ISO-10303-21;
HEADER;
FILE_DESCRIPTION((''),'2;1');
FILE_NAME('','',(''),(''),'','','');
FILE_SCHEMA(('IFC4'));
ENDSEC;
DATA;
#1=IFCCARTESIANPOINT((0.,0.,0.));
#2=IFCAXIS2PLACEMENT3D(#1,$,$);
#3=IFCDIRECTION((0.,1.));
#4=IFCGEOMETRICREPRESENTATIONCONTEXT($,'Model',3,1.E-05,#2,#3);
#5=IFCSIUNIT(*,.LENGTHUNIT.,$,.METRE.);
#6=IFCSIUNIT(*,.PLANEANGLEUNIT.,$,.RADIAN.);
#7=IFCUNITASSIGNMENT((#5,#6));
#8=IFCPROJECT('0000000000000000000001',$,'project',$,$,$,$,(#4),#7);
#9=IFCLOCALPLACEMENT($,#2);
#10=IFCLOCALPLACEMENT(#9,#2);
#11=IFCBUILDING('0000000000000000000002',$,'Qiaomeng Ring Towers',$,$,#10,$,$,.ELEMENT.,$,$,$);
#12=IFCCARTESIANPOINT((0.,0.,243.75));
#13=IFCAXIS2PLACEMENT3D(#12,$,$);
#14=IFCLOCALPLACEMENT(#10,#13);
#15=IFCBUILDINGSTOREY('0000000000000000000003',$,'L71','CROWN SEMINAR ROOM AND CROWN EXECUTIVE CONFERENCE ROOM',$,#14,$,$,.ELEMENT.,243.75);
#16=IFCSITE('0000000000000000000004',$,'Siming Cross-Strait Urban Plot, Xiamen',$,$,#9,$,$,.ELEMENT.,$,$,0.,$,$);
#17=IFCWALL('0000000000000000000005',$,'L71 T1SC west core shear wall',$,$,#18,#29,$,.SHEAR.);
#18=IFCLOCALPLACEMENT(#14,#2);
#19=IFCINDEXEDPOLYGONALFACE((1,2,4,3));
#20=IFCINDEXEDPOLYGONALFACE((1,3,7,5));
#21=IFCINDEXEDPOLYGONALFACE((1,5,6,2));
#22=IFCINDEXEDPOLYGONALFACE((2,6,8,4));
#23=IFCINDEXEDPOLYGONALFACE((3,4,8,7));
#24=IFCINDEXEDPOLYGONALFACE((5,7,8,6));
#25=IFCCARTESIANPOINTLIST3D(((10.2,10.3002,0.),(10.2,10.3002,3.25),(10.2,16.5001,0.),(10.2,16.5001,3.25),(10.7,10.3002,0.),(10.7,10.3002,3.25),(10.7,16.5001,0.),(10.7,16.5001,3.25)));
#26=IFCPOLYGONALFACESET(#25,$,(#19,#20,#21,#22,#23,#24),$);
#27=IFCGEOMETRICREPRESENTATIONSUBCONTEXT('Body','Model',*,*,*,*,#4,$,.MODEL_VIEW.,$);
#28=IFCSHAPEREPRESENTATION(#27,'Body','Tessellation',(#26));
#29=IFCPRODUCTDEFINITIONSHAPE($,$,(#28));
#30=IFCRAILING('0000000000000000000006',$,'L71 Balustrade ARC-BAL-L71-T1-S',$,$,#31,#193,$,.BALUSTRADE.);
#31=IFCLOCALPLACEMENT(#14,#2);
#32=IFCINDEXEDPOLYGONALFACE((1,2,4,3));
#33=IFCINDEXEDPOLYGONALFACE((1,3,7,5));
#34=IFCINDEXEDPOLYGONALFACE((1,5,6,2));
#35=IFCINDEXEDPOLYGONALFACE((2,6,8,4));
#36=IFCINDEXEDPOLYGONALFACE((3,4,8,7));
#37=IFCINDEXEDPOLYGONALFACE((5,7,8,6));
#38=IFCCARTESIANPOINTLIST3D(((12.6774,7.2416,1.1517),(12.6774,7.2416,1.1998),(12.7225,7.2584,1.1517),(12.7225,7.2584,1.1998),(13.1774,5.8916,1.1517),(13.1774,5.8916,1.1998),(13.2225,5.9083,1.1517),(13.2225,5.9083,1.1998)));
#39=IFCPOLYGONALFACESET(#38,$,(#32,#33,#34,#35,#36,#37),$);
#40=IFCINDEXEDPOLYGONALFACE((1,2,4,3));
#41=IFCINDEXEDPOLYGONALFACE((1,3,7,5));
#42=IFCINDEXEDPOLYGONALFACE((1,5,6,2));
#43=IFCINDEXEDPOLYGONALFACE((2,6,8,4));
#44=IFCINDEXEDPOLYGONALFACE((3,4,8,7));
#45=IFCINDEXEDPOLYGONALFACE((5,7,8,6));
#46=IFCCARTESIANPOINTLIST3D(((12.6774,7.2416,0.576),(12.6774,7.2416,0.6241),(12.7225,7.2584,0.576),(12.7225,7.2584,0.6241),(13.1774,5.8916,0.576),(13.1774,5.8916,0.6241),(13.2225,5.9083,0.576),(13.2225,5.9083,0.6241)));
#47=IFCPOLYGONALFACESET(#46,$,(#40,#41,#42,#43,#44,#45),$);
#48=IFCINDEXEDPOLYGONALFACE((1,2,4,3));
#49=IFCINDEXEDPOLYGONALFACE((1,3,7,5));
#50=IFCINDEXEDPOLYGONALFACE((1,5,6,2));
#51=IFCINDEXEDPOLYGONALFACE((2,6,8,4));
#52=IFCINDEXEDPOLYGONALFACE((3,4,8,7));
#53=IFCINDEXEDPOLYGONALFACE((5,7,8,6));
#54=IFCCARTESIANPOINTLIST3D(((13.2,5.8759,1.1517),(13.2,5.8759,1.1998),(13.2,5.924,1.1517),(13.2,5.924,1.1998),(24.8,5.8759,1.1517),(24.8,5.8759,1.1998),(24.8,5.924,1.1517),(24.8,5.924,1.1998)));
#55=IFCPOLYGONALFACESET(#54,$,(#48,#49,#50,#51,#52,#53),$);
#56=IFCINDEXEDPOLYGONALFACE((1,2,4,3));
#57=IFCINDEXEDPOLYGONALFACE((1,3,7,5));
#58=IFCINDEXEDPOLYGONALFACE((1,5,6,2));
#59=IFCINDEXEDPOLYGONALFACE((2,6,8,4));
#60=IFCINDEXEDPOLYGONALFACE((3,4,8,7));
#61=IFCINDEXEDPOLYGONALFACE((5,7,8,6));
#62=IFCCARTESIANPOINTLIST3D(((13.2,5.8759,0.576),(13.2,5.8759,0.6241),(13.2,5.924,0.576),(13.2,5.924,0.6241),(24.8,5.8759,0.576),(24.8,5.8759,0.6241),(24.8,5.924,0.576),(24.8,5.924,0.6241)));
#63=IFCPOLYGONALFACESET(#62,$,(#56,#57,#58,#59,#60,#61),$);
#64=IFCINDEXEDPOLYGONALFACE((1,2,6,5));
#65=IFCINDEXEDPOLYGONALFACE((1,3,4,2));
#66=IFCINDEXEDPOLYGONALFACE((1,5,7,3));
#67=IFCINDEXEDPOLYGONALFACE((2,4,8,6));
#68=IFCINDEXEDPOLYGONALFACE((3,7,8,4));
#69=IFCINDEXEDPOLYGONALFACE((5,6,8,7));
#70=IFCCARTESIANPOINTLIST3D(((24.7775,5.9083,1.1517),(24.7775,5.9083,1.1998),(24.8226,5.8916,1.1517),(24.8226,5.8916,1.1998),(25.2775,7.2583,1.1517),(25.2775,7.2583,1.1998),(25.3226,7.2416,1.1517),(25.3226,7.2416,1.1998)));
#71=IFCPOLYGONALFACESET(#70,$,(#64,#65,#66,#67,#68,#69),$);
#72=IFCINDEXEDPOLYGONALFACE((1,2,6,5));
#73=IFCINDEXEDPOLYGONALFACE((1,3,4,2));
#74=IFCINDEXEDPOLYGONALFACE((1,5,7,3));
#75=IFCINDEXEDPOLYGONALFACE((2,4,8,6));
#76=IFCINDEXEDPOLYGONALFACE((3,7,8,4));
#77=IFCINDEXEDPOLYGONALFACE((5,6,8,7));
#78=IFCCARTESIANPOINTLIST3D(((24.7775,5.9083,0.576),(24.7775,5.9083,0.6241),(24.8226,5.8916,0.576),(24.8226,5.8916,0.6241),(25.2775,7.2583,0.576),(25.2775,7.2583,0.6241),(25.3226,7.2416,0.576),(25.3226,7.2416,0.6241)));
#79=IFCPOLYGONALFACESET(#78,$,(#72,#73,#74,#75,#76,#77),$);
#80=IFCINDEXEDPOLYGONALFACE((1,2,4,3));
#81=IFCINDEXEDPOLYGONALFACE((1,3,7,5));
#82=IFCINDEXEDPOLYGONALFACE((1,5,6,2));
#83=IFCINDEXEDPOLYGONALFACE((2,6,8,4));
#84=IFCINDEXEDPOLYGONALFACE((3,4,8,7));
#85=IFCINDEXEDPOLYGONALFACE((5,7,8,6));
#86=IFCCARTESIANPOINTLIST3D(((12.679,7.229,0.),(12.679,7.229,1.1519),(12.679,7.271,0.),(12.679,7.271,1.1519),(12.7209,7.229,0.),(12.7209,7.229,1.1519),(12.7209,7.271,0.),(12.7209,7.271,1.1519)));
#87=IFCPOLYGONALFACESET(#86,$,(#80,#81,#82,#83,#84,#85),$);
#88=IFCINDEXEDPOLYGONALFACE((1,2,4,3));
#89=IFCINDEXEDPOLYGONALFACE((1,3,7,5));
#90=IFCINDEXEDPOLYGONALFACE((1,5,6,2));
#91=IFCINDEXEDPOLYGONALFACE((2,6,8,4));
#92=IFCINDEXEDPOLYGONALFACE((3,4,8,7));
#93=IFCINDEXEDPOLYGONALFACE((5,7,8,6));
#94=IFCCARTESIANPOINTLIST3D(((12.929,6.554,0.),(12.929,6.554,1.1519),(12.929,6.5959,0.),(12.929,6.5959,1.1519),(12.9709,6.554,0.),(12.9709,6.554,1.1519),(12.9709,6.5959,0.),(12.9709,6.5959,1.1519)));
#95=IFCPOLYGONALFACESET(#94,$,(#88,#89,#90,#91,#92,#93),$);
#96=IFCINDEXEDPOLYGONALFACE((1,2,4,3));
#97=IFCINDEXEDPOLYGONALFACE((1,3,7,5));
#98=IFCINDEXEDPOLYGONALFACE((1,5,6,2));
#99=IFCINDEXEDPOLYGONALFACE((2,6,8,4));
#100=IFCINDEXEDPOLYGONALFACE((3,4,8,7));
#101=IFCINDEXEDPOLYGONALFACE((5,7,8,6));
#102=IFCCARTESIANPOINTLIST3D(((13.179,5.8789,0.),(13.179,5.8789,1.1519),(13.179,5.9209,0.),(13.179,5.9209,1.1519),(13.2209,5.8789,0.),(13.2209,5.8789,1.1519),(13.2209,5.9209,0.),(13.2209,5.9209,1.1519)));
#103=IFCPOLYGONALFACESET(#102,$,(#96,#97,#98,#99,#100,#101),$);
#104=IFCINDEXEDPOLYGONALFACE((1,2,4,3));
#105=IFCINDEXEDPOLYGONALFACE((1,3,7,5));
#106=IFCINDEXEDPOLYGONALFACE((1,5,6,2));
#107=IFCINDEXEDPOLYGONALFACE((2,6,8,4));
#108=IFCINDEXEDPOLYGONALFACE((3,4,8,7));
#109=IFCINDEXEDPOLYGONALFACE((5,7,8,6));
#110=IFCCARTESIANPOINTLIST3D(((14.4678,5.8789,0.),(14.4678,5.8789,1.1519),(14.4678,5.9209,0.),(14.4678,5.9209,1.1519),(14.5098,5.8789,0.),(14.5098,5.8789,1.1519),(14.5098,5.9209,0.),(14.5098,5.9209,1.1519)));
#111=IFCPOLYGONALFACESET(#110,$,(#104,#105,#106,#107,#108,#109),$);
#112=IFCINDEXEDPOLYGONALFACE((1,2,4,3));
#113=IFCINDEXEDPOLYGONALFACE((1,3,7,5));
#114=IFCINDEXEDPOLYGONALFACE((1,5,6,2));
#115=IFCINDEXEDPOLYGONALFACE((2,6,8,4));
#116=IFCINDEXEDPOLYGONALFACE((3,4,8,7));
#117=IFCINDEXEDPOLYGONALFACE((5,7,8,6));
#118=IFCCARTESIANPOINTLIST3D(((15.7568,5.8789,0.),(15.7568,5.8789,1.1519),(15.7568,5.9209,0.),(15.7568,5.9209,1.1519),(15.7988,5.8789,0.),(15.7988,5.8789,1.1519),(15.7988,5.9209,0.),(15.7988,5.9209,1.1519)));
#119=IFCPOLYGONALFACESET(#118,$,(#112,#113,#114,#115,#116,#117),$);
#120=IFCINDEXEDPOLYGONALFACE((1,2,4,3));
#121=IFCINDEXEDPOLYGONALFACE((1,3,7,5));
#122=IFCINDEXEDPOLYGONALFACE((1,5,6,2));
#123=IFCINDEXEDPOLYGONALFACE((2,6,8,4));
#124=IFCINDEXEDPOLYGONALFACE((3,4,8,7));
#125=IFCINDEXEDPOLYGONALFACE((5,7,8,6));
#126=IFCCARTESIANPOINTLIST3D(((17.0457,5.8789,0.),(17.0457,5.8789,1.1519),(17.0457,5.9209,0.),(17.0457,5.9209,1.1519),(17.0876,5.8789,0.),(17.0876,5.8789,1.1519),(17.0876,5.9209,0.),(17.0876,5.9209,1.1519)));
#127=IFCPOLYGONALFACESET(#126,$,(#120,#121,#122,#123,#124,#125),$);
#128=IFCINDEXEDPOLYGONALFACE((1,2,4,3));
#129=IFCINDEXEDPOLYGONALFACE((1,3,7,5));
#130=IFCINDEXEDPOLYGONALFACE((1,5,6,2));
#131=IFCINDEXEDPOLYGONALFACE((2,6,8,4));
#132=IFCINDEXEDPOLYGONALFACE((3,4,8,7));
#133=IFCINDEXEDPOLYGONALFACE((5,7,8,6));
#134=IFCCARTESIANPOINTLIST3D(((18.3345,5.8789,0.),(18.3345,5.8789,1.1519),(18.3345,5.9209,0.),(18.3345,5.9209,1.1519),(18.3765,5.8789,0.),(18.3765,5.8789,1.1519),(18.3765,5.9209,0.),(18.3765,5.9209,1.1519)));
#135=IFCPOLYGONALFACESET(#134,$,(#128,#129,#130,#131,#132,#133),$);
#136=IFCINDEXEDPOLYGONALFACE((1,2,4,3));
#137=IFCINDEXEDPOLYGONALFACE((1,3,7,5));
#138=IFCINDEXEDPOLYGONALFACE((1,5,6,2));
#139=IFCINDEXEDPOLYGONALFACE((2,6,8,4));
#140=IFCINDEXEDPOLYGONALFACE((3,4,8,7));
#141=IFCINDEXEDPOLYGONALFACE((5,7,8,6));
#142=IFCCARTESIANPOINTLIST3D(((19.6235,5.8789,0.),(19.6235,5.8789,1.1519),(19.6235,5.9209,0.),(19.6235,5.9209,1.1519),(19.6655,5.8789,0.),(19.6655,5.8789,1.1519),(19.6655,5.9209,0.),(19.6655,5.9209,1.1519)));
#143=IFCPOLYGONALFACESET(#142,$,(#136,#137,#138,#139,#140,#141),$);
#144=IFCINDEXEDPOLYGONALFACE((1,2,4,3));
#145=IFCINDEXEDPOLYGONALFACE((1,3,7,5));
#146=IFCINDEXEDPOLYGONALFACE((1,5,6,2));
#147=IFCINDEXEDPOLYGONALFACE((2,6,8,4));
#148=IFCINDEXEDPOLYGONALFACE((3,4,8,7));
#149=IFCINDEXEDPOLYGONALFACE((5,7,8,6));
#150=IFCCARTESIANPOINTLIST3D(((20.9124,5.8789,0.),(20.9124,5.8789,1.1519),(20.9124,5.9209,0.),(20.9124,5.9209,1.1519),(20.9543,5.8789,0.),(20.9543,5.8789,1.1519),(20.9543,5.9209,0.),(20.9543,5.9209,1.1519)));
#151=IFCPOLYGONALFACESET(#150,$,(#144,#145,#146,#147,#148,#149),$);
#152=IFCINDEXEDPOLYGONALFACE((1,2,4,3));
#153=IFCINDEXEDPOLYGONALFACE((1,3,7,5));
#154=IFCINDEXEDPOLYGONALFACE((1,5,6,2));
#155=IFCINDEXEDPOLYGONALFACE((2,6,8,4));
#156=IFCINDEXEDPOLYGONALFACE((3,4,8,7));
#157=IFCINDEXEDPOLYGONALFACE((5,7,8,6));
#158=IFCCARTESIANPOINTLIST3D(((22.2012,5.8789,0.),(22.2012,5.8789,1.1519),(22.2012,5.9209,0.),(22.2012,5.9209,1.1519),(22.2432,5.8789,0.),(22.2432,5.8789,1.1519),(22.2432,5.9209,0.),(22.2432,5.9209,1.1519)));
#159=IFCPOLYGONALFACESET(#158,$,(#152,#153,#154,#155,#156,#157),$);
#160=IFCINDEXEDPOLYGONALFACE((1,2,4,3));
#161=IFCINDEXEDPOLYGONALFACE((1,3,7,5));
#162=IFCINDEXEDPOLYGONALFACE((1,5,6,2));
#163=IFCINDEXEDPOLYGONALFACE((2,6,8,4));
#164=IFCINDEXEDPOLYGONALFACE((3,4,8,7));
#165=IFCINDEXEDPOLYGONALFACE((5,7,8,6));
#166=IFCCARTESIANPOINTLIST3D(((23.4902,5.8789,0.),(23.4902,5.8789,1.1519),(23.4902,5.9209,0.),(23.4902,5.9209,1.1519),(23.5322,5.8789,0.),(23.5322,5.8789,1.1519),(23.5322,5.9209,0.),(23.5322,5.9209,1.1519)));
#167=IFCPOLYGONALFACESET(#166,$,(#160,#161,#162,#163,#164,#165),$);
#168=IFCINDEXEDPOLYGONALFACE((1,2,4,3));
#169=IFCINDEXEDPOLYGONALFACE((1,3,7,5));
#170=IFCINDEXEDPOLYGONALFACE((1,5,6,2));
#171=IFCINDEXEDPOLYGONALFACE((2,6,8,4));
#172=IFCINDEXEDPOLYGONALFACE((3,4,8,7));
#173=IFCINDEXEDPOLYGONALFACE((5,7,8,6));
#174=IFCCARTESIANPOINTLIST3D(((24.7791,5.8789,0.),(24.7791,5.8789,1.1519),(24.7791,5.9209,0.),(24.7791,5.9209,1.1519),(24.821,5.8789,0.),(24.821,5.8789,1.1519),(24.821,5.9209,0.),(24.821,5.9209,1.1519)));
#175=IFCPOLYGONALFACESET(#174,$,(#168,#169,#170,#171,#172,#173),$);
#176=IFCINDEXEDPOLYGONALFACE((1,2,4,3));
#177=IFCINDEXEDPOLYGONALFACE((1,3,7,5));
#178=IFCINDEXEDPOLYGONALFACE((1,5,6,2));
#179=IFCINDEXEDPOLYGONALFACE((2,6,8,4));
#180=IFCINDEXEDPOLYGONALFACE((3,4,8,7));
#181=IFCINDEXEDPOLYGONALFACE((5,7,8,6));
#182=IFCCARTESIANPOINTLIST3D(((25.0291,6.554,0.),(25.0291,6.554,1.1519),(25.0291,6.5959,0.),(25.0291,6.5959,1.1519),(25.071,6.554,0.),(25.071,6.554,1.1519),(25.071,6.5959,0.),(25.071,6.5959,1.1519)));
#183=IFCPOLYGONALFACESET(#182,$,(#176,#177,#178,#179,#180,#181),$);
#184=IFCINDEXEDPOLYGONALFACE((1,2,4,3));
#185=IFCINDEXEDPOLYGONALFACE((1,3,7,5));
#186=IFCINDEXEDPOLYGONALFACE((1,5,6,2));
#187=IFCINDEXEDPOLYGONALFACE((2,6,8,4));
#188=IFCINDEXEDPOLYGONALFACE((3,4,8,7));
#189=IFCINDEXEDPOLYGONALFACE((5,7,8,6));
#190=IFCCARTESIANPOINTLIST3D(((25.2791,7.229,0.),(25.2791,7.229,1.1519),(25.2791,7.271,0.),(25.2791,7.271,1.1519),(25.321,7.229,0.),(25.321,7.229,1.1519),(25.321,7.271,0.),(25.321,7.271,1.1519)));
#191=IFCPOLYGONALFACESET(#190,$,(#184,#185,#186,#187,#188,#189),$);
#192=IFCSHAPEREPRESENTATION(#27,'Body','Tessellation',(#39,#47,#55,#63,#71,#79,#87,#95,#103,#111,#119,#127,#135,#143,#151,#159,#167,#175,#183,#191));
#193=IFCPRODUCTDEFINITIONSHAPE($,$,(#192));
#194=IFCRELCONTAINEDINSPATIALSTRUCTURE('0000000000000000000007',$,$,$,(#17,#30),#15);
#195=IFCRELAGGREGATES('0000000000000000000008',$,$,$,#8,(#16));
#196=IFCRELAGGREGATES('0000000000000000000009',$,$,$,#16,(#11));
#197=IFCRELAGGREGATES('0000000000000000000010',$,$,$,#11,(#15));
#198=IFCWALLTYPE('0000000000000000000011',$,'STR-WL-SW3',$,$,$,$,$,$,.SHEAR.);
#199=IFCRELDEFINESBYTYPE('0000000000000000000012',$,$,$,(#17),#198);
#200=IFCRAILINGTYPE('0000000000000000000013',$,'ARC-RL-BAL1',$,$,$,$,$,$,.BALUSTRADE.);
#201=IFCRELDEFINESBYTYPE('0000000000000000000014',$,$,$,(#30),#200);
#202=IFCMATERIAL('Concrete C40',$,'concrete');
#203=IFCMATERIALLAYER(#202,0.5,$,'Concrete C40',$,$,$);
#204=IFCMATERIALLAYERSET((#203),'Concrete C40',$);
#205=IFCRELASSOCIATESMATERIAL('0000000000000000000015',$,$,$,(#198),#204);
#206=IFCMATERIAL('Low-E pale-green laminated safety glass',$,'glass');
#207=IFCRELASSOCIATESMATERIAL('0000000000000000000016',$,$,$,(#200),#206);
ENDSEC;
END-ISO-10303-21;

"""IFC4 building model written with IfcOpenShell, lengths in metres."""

from ifc_helpers import new_model, si_unit, direction, frame, frame_2d, origin, origin_2d, place, context, subcontext, project, spatial, rectangle, extrude, material, layer, layer_set, type_object, element, save


model = new_model("IFC4")

# Units and contexts
model_context = context("Model", 3, precision=1e-05, world=origin(), true_north=direction((0.0, 1.0)))
body_context = subcontext(model_context, "Body", "Model", "MODEL_VIEW")
ifc_project = project(units=[si_unit("LENGTHUNIT", "METRE"), si_unit("PLANEANGLEUNIT", "RADIAN")], contexts=[model_context])

# Site, building, storey
site_placement = place(None, origin())
site = spatial("IfcSite", under=ifc_project, at=site_placement, Name="Siming Cross-Strait Urban Plot, Xiamen", CompositionType="ELEMENT", RefElevation=0.0)
building_placement = place(site_placement, origin())
building = spatial("IfcBuilding", under=site, at=building_placement, Name="Qiaomeng Ring Towers", CompositionType="ELEMENT")
storey_placement = place(building_placement, frame((0.0, 0.0, 243.75)))
storey = spatial("IfcBuildingStorey", under=building, at=storey_placement, Name="L71", Description="CROWN SEMINAR ROOM AND CROWN EXECUTIVE CONFERENCE ROOM", CompositionType="ELEMENT", Elevation=243.75)

# Shared definitions
ifc_material_1 = material(Name="Concrete C40", Category="concrete")

# Shared definitions
ifc_layer_1 = layer(ifc_material_1, 0.5, Name="Concrete C40")
ifc_layer_set_1 = layer_set([ifc_layer_1], Name="Concrete C40")
wall_type_1 = type_object("IfcWallType", Name="STR-WL-SW3", PredefinedType="SHEAR", material=ifc_layer_set_1)

# Wall
wall_1_placement = place(storey_placement, frame((10.45, 10.3, 0.0), z_axis=(0.0, 0.0, 1.0), x_axis=(0.0, 1.0, 0.0)))
element("IfcWall", 1, at=wall_1_placement, inside=storey, type_object=wall_type_1, Name="L71 T1SC west core shear wall", PredefinedType="SHEAR", context=body_context, shape_type="SweptSolid", body=[
    extrude(rectangle(XDim=6.2, YDim=0.5, at=frame_2d((3.1001, 0.0))), origin(), (0.0, 0.0, 1.0), 3.25),
])

# Railing
ifc_material_2 = material(Name="Low-E pale-green laminated safety glass", Category="glass")
railing_type = type_object("IfcRailingType", Name="ARC-RL-BAL1", PredefinedType="BALUSTRADE", material=ifc_material_2)
railing_placement = place(storey_placement, frame((12.7, 7.25, 0.0)))
element("IfcRailing", 2, at=railing_placement, inside=storey, type_object=railing_type, Name="L71 Balustrade ARC-BAL-L71-T1-S", PredefinedType="BALUSTRADE", context=body_context, shape_type="SweptSolid", body=[
    extrude(rectangle(XDim=0.0481, YDim=0.0481, at=origin_2d()), frame((0.0, 0.0, 1.1758), z_axis=(0.347292, -0.937757, 0.0), x_axis=(0.937757, 0.347292, 0.0)), (0.0, 0.0, 1.0), 1.4397),
    extrude(rectangle(XDim=0.0481, YDim=0.0481, at=origin_2d()), frame((0.0, 0.0, 0.6001), z_axis=(0.347292, -0.937757, 0.0), x_axis=(0.937757, 0.347292, 0.0)), (0.0, 0.0, 1.0), 1.4397),
    extrude(rectangle(XDim=0.0481, YDim=0.0481, at=origin_2d()), frame((0.5, -1.3501, 1.1758), z_axis=(1.0, 0.0, 0.0), x_axis=(0.0, 1.0, 0.0)), (0.0, 0.0, 1.0), 11.6001),
    extrude(rectangle(XDim=0.0481, YDim=0.0481, at=origin_2d()), frame((0.5, -1.3501, 0.6001), z_axis=(1.0, 0.0, 0.0), x_axis=(0.0, 1.0, 0.0)), (0.0, 0.0, 1.0), 11.6001),
    extrude(rectangle(XDim=0.0481, YDim=0.0481, at=origin_2d()), frame((12.1001, -1.3501, 1.1758), z_axis=(0.347292, 0.937757, 0.0), x_axis=(-0.937757, 0.347292, 0.0)), (0.0, 0.0, 1.0), 1.4397),
    extrude(rectangle(XDim=0.0481, YDim=0.0481, at=origin_2d()), frame((12.1001, -1.3501, 0.6001), z_axis=(0.347292, 0.937757, 0.0), x_axis=(-0.937757, 0.347292, 0.0)), (0.0, 0.0, 1.0), 1.4397),
    extrude(rectangle(XDim=0.042, YDim=0.042, at=origin_2d()), origin(), (0.0, 0.0, 1.0), 1.1519),
    extrude(rectangle(XDim=0.042, YDim=0.042, at=origin_2d()), frame((0.25, -0.675, 0.0)), (0.0, 0.0, 1.0), 1.1519),
    extrude(rectangle(XDim=0.042, YDim=0.042, at=origin_2d()), frame((0.5, -1.3501, 0.0)), (0.0, 0.0, 1.0), 1.1519),
    extrude(rectangle(XDim=0.042, YDim=0.042, at=origin_2d()), frame((1.7888, -1.3501, 0.0)), (0.0, 0.0, 1.0), 1.1519),
    extrude(rectangle(XDim=0.042, YDim=0.042, at=origin_2d()), frame((3.0779, -1.3501, 0.0)), (0.0, 0.0, 1.0), 1.1519),
    extrude(rectangle(XDim=0.042, YDim=0.042, at=origin_2d()), frame((4.3667, -1.3501, 0.0)), (0.0, 0.0, 1.0), 1.1519),
    extrude(rectangle(XDim=0.042, YDim=0.042, at=origin_2d()), frame((5.6555, -1.3501, 0.0)), (0.0, 0.0, 1.0), 1.1519),
    extrude(rectangle(XDim=0.042, YDim=0.042, at=origin_2d()), frame((6.9446, -1.3501, 0.0)), (0.0, 0.0, 1.0), 1.1519),
    extrude(rectangle(XDim=0.042, YDim=0.042, at=origin_2d()), frame((8.2334, -1.3501, 0.0)), (0.0, 0.0, 1.0), 1.1519),
    extrude(rectangle(XDim=0.042, YDim=0.042, at=origin_2d()), frame((9.5222, -1.3501, 0.0)), (0.0, 0.0, 1.0), 1.1519),
    extrude(rectangle(XDim=0.042, YDim=0.042, at=origin_2d()), frame((10.8113, -1.3501, 0.0)), (0.0, 0.0, 1.0), 1.1519),
    extrude(rectangle(XDim=0.042, YDim=0.042, at=origin_2d()), frame((12.1001, -1.3501, 0.0)), (0.0, 0.0, 1.0), 1.1519),
    extrude(rectangle(XDim=0.042, YDim=0.042, at=origin_2d()), frame((12.3501, -0.675, 0.0)), (0.0, 0.0, 1.0), 1.1519),
    extrude(rectangle(XDim=0.042, YDim=0.042, at=origin_2d()), frame((12.6001, 0.0, 0.0)), (0.0, 0.0, 1.0), 1.1519),
])

save(model, "model.ifc")
